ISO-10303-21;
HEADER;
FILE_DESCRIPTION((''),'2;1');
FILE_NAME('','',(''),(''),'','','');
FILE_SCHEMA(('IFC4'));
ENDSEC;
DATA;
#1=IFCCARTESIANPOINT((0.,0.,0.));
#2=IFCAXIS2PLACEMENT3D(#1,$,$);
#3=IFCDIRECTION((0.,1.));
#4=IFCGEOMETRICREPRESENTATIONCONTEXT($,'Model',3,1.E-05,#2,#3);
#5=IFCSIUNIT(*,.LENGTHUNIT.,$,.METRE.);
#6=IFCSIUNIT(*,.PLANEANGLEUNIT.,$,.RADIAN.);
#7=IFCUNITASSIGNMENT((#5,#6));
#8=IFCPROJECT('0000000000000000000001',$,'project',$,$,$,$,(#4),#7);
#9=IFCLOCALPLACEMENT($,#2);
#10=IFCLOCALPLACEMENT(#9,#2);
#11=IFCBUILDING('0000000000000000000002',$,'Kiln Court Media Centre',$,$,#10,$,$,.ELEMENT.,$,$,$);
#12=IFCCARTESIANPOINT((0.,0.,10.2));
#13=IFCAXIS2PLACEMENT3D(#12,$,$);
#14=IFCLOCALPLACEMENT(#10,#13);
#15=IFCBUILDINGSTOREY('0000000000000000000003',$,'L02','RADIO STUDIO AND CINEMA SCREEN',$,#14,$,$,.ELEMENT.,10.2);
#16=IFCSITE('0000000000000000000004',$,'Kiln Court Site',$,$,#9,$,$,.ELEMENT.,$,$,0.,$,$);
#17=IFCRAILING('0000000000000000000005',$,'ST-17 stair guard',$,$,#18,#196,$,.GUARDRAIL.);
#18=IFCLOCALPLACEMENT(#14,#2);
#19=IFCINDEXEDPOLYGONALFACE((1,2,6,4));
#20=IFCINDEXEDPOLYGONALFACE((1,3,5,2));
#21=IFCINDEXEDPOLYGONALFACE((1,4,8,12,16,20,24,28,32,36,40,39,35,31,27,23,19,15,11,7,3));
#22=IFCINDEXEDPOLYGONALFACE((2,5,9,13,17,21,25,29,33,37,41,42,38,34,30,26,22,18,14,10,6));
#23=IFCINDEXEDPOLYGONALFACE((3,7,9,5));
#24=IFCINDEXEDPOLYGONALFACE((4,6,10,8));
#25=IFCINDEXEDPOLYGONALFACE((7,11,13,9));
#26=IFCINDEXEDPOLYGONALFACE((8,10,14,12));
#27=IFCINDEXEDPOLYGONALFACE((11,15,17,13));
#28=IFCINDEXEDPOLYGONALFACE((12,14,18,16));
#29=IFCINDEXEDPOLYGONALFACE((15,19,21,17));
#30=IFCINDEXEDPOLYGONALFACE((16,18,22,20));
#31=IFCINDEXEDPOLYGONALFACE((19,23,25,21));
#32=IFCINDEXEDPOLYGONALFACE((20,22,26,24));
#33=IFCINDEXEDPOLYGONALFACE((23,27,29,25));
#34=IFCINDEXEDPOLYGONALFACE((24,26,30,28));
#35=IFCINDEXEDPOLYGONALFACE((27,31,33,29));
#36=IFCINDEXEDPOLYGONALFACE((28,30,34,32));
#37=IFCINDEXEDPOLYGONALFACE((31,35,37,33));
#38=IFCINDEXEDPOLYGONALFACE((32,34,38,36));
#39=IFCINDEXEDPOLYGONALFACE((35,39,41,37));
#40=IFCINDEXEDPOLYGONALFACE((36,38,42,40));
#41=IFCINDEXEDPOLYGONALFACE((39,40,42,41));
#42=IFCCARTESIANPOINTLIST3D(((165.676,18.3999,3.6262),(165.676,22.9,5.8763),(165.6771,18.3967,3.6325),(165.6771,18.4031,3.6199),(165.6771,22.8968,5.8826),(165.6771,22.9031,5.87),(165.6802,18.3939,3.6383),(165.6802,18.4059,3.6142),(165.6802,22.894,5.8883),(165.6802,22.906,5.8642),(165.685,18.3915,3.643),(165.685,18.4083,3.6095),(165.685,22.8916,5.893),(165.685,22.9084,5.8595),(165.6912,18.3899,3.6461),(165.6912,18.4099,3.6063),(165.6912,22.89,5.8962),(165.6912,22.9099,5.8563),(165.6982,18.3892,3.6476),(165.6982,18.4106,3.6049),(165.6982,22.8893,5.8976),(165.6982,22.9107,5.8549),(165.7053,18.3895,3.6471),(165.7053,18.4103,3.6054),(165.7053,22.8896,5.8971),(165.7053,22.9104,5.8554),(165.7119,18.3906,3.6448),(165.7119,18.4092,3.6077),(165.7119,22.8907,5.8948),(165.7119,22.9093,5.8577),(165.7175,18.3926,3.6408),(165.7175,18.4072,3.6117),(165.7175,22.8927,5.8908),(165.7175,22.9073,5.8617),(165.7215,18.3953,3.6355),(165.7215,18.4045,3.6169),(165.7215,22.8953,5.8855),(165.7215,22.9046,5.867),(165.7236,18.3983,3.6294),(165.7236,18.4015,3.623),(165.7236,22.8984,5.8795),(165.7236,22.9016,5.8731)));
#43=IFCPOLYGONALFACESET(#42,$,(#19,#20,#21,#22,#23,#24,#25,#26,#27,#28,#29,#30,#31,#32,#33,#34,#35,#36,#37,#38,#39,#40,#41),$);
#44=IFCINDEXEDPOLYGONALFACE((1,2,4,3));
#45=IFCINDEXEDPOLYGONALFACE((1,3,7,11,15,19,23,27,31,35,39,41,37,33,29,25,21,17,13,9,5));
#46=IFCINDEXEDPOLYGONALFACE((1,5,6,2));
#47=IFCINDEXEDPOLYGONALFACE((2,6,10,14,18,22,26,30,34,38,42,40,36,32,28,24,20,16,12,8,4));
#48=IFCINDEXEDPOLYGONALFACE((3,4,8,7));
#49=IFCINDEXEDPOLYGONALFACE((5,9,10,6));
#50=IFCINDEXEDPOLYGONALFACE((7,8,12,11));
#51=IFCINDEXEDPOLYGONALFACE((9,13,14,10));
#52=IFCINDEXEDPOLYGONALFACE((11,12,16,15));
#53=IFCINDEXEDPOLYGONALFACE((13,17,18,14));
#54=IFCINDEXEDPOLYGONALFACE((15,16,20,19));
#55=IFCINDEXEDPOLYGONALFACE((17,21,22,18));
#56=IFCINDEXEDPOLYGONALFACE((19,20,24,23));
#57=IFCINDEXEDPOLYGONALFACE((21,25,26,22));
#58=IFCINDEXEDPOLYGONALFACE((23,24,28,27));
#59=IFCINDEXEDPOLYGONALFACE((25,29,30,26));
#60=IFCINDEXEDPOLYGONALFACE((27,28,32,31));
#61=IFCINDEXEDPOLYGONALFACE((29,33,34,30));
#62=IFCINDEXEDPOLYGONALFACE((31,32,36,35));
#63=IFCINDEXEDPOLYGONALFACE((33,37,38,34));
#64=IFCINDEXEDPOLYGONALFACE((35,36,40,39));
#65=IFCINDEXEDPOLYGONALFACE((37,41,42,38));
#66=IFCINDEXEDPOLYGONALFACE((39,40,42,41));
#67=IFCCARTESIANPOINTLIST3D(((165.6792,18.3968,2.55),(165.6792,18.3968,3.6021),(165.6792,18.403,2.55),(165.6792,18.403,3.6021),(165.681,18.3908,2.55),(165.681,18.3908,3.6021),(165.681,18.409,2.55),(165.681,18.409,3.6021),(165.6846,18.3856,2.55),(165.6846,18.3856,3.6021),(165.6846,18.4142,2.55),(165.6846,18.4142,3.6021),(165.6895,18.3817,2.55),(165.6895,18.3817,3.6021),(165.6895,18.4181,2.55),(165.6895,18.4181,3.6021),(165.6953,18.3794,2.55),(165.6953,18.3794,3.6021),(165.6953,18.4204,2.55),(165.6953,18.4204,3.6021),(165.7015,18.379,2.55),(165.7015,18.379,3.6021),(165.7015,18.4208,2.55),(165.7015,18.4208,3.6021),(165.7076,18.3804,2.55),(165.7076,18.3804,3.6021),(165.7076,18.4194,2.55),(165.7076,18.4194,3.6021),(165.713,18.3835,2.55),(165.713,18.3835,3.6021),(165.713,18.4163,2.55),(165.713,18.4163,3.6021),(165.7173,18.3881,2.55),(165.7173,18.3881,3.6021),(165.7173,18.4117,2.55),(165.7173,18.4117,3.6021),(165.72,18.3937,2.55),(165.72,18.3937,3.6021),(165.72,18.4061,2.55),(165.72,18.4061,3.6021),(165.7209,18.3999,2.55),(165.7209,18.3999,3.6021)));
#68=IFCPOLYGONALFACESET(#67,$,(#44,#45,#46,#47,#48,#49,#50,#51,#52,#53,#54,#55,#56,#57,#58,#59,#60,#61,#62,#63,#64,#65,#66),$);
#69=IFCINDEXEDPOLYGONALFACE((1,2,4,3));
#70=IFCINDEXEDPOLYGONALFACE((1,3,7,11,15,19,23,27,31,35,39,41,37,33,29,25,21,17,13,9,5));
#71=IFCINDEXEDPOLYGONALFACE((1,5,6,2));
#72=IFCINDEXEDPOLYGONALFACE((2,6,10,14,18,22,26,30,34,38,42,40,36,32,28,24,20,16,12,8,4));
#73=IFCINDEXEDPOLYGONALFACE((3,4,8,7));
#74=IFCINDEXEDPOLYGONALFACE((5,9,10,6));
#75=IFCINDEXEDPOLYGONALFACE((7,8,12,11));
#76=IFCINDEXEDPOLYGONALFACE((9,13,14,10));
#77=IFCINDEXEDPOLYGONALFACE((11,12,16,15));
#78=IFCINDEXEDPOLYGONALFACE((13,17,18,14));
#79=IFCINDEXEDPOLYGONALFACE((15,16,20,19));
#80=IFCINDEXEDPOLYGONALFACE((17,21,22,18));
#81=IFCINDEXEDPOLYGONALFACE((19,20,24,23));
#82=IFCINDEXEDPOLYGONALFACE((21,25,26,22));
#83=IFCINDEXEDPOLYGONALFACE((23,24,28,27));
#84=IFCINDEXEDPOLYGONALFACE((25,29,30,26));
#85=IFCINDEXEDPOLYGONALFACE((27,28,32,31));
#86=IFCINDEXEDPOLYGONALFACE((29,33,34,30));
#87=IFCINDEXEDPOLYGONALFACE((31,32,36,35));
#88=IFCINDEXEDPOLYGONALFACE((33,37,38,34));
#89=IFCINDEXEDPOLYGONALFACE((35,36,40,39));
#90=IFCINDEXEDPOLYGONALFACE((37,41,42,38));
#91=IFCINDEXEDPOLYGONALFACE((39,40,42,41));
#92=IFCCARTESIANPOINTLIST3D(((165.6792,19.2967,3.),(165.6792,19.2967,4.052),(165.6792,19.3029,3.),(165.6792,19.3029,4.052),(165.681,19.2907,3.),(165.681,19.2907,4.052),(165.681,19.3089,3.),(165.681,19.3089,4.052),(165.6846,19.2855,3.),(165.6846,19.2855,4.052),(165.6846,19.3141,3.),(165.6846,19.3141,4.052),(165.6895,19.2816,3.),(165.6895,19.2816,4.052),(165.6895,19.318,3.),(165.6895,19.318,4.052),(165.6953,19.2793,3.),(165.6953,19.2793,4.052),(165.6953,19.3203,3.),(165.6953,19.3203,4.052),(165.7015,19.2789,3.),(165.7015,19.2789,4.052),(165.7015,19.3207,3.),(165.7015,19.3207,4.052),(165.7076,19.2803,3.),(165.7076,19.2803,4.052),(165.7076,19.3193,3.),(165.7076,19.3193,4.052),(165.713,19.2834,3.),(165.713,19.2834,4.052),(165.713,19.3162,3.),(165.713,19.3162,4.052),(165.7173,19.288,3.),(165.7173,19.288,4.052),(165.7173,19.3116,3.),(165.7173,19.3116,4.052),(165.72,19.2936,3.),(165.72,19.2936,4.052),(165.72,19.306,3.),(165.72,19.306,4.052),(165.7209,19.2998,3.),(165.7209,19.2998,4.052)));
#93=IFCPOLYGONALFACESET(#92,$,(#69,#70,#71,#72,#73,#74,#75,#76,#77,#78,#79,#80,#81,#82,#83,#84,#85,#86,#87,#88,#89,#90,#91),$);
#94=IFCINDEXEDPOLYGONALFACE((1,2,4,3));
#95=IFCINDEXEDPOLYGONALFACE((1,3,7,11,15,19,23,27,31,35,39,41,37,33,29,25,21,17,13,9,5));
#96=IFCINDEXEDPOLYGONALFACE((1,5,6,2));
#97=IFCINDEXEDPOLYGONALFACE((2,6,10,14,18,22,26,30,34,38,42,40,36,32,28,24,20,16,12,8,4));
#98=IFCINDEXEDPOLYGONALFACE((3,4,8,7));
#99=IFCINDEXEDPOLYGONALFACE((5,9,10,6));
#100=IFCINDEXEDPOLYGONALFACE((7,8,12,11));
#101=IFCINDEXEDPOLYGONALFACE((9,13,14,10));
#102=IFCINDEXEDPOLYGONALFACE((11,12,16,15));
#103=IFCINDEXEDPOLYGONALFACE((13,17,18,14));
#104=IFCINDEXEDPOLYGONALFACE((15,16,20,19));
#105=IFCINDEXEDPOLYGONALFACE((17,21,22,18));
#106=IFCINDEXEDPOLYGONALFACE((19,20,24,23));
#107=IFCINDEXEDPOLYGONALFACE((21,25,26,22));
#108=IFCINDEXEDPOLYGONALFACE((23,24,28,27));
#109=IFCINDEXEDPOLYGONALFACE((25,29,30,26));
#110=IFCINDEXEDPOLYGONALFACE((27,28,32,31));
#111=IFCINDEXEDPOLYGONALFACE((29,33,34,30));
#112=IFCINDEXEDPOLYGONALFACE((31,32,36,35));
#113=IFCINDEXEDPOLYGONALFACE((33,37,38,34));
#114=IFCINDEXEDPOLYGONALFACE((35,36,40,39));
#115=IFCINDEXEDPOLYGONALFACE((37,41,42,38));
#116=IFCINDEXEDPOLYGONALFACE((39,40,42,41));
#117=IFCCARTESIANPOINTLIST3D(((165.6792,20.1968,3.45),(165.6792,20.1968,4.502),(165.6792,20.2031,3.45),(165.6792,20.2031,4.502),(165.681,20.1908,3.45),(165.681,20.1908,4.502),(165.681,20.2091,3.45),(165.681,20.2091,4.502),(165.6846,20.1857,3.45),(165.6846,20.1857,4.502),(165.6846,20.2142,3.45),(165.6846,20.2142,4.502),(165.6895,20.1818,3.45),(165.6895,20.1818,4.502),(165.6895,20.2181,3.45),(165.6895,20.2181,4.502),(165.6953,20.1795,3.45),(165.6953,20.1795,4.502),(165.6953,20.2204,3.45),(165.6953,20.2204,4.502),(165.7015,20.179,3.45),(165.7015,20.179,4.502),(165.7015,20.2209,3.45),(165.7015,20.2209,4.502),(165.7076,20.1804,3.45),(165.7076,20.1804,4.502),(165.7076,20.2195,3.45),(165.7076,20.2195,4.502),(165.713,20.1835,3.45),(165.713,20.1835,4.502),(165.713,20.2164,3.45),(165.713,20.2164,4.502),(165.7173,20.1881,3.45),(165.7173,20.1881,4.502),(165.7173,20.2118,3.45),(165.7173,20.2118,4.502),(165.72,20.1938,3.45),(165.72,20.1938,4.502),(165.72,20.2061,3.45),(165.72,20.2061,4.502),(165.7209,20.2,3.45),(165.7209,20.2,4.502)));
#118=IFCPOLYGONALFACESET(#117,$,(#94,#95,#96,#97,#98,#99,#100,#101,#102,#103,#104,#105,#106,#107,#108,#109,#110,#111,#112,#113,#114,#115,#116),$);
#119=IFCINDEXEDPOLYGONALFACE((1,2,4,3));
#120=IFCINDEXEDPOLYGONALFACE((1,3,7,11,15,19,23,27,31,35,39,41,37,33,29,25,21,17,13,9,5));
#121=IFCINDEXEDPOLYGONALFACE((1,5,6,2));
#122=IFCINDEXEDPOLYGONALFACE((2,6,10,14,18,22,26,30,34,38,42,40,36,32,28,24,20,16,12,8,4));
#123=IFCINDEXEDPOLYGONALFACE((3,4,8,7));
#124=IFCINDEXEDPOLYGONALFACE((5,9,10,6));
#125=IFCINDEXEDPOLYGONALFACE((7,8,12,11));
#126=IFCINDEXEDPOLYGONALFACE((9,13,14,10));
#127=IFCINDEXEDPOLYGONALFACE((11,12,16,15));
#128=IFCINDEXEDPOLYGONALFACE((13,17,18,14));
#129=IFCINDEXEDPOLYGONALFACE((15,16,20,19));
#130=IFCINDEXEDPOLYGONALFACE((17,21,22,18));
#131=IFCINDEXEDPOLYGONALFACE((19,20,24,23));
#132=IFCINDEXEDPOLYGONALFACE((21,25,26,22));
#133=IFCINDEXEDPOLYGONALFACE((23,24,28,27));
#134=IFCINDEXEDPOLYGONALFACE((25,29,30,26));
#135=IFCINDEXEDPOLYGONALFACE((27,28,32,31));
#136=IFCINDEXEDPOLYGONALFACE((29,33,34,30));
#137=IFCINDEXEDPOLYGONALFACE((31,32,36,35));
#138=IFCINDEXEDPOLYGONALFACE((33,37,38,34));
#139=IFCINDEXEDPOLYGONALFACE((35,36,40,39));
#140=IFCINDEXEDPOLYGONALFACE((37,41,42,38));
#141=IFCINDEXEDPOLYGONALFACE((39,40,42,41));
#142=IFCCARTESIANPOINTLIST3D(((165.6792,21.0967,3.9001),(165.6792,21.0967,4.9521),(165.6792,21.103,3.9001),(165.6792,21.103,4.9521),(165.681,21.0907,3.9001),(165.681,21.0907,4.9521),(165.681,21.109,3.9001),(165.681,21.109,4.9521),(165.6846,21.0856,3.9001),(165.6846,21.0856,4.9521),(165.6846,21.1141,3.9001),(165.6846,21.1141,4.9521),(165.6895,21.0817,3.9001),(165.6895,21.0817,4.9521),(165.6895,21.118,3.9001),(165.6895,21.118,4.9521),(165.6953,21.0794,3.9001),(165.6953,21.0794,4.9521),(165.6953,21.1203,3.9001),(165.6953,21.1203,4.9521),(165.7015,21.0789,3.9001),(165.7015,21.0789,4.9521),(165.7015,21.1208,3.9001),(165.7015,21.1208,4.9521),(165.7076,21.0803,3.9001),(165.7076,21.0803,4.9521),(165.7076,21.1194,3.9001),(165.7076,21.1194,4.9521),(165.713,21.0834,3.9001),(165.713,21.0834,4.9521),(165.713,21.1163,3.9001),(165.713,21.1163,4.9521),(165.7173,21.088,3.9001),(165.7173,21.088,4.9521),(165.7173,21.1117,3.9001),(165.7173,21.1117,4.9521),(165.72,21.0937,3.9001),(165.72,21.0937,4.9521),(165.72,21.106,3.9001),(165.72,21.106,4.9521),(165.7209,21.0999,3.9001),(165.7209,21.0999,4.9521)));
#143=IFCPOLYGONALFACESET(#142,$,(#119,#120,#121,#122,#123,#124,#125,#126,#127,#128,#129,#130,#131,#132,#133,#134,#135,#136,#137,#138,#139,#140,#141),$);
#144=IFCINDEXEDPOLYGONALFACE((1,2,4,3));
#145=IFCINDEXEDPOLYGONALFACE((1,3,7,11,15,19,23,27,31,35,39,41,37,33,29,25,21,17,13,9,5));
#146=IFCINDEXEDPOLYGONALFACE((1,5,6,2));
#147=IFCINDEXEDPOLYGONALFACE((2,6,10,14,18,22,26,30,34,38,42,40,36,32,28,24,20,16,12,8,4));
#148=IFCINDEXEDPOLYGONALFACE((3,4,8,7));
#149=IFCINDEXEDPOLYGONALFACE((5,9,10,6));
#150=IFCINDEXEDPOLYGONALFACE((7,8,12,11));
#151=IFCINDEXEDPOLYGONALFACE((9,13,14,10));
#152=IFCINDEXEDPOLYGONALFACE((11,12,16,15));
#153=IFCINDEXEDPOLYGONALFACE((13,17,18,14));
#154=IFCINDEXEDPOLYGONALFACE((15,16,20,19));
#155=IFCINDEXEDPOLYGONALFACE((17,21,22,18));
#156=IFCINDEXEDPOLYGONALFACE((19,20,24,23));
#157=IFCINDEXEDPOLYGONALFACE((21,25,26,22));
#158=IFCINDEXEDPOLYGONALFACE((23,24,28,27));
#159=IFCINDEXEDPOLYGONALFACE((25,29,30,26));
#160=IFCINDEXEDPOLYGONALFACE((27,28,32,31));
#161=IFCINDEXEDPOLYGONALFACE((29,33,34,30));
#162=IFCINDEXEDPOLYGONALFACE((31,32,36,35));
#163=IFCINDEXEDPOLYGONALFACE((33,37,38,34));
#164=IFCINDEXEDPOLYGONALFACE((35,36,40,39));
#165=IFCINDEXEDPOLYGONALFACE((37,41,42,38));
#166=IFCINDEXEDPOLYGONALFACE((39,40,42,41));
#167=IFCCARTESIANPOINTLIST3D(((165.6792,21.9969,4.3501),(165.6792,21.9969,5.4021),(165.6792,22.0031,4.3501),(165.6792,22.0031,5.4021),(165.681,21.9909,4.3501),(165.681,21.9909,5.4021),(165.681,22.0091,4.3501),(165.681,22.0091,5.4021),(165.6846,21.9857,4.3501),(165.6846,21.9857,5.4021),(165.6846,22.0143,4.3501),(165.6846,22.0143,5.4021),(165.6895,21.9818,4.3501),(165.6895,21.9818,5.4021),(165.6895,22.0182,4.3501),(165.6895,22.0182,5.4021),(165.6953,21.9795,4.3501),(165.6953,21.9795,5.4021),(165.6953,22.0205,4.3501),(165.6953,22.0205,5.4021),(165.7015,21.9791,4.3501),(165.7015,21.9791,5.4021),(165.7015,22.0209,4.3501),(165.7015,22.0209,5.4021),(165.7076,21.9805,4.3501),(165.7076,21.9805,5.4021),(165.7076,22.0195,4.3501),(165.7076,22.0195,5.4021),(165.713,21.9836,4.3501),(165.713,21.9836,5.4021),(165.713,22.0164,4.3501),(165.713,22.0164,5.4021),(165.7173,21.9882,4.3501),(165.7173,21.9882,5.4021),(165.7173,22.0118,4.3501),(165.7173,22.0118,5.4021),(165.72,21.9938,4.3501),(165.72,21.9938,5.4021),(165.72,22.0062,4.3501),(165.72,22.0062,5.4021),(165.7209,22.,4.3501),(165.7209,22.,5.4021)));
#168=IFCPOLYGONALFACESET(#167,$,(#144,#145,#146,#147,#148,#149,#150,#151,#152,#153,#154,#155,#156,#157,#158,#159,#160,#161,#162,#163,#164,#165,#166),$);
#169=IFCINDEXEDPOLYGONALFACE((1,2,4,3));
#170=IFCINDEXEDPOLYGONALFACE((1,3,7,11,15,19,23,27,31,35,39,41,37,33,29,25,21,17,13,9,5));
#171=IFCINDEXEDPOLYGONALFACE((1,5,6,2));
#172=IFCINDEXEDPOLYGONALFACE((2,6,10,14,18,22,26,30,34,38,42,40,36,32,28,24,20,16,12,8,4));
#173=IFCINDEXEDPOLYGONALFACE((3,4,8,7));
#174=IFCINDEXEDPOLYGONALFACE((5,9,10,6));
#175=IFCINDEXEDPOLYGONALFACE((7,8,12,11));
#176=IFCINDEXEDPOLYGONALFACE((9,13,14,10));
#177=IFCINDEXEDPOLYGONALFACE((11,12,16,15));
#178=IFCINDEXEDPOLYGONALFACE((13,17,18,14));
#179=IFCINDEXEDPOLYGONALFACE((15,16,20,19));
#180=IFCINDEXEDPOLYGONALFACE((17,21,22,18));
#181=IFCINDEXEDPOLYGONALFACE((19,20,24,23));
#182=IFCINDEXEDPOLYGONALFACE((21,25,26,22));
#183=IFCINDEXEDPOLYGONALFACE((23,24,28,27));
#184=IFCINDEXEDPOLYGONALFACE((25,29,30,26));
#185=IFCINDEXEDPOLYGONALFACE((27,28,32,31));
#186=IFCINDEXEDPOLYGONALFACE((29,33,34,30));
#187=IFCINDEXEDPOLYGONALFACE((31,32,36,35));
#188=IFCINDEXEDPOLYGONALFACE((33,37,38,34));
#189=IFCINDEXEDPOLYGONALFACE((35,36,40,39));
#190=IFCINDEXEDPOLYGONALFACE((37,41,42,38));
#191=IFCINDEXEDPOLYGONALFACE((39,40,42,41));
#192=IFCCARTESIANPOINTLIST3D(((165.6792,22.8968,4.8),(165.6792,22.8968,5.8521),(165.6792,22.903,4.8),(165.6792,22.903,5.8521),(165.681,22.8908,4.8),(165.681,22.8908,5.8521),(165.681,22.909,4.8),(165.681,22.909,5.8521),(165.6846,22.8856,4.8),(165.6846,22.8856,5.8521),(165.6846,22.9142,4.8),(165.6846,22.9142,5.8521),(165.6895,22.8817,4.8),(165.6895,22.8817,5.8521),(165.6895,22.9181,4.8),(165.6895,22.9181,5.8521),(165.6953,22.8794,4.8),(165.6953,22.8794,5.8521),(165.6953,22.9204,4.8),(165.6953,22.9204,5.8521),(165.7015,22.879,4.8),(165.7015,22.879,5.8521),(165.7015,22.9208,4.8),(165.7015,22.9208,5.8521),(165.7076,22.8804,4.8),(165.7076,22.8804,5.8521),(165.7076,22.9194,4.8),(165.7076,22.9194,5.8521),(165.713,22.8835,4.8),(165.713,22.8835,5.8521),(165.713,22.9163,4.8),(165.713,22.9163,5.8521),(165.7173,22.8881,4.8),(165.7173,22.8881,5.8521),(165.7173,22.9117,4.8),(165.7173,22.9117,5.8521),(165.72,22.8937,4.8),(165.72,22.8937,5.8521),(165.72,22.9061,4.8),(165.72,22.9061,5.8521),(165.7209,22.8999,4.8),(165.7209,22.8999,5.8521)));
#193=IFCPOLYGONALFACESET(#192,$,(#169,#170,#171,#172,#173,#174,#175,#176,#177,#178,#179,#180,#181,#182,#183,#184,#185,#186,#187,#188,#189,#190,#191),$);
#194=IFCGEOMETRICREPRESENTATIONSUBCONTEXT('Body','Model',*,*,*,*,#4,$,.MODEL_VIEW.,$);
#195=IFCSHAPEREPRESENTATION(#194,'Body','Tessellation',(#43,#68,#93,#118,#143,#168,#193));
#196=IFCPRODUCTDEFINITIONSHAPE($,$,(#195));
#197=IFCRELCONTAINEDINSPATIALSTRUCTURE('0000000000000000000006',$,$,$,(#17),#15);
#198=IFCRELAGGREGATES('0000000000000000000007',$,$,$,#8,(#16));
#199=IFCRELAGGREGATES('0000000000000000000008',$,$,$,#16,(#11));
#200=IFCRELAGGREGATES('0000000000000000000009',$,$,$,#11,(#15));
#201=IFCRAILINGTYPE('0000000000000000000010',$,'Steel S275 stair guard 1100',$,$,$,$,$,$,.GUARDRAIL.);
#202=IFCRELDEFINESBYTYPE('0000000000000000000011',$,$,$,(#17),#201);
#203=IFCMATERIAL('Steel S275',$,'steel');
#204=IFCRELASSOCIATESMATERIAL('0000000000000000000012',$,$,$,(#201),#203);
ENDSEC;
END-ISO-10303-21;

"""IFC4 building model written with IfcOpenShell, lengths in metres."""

from ifc_helpers import new_model, si_unit, direction, frame, origin, origin_2d, place, context, subcontext, project, spatial, circle, extrude, material, type_object, element, save


model = new_model("IFC4")

# Units and contexts
model_context = context("Model", 3, precision=1e-05, world=origin(), true_north=direction((0.0, 1.0)))
body_context = subcontext(model_context, "Body", "Model", "MODEL_VIEW")
ifc_project = project(units=[si_unit("LENGTHUNIT", "METRE"), si_unit("PLANEANGLEUNIT", "RADIAN")], contexts=[model_context])

# Site, building, storey
site_placement = place(None, origin())
site = spatial("IfcSite", under=ifc_project, at=site_placement, Name="Kiln Court Site", CompositionType="ELEMENT", RefElevation=0.0)
building_placement = place(site_placement, origin())
building = spatial("IfcBuilding", under=site, at=building_placement, Name="Kiln Court Media Centre", CompositionType="ELEMENT")
storey_placement = place(building_placement, frame((0.0, 0.0, 10.2)))
storey = spatial("IfcBuildingStorey", under=building, at=storey_placement, Name="L02", Description="RADIO STUDIO AND CINEMA SCREEN", CompositionType="ELEMENT", Elevation=10.2)

# Railing
ifc_material_1 = material(Name="Steel S275", Category="steel")
railing_type_1 = type_object("IfcRailingType", Name="Steel S275 stair guard 1100", PredefinedType="GUARDRAIL", material=ifc_material_1)
railing_1_placement = place(storey_placement, frame((165.7, 18.3999, 2.55)))
element("IfcRailing", 1, at=railing_1_placement, inside=storey, type_object=railing_type_1, Name="ST-17 stair guard", PredefinedType="GUARDRAIL", context=body_context, shape_type="SweptSolid", body=[
    extrude(circle(Radius=0.0239, at=origin_2d()), frame((0.0, 0.0, 1.0762), z_axis=(0.0, 0.894427, 0.447214), x_axis=(-1.0, 0.0, 0.0)), (0.0, 0.0, 1.0), 5.0312),
    extrude(circle(Radius=0.021, at=origin_2d()), origin(), (0.0, 0.0, 1.0), 1.052),
    extrude(circle(Radius=0.021, at=origin_2d()), frame((0.0, 0.8999, 0.45)), (0.0, 0.0, 1.0), 1.052),
    extrude(circle(Radius=0.021, at=origin_2d()), frame((0.0, 1.8, 0.8999)), (0.0, 0.0, 1.0), 1.052),
    extrude(circle(Radius=0.021, at=origin_2d()), frame((0.0, 2.7, 1.3501)), (0.0, 0.0, 1.0), 1.052),
    extrude(circle(Radius=0.021, at=origin_2d()), frame((0.0, 3.6001, 1.8)), (0.0, 0.0, 1.0), 1.052),
    extrude(circle(Radius=0.021, at=origin_2d()), frame((0.0, 4.5, 2.25)), (0.0, 0.0, 1.0), 1.052),
])

save(model, "model.ifc")
